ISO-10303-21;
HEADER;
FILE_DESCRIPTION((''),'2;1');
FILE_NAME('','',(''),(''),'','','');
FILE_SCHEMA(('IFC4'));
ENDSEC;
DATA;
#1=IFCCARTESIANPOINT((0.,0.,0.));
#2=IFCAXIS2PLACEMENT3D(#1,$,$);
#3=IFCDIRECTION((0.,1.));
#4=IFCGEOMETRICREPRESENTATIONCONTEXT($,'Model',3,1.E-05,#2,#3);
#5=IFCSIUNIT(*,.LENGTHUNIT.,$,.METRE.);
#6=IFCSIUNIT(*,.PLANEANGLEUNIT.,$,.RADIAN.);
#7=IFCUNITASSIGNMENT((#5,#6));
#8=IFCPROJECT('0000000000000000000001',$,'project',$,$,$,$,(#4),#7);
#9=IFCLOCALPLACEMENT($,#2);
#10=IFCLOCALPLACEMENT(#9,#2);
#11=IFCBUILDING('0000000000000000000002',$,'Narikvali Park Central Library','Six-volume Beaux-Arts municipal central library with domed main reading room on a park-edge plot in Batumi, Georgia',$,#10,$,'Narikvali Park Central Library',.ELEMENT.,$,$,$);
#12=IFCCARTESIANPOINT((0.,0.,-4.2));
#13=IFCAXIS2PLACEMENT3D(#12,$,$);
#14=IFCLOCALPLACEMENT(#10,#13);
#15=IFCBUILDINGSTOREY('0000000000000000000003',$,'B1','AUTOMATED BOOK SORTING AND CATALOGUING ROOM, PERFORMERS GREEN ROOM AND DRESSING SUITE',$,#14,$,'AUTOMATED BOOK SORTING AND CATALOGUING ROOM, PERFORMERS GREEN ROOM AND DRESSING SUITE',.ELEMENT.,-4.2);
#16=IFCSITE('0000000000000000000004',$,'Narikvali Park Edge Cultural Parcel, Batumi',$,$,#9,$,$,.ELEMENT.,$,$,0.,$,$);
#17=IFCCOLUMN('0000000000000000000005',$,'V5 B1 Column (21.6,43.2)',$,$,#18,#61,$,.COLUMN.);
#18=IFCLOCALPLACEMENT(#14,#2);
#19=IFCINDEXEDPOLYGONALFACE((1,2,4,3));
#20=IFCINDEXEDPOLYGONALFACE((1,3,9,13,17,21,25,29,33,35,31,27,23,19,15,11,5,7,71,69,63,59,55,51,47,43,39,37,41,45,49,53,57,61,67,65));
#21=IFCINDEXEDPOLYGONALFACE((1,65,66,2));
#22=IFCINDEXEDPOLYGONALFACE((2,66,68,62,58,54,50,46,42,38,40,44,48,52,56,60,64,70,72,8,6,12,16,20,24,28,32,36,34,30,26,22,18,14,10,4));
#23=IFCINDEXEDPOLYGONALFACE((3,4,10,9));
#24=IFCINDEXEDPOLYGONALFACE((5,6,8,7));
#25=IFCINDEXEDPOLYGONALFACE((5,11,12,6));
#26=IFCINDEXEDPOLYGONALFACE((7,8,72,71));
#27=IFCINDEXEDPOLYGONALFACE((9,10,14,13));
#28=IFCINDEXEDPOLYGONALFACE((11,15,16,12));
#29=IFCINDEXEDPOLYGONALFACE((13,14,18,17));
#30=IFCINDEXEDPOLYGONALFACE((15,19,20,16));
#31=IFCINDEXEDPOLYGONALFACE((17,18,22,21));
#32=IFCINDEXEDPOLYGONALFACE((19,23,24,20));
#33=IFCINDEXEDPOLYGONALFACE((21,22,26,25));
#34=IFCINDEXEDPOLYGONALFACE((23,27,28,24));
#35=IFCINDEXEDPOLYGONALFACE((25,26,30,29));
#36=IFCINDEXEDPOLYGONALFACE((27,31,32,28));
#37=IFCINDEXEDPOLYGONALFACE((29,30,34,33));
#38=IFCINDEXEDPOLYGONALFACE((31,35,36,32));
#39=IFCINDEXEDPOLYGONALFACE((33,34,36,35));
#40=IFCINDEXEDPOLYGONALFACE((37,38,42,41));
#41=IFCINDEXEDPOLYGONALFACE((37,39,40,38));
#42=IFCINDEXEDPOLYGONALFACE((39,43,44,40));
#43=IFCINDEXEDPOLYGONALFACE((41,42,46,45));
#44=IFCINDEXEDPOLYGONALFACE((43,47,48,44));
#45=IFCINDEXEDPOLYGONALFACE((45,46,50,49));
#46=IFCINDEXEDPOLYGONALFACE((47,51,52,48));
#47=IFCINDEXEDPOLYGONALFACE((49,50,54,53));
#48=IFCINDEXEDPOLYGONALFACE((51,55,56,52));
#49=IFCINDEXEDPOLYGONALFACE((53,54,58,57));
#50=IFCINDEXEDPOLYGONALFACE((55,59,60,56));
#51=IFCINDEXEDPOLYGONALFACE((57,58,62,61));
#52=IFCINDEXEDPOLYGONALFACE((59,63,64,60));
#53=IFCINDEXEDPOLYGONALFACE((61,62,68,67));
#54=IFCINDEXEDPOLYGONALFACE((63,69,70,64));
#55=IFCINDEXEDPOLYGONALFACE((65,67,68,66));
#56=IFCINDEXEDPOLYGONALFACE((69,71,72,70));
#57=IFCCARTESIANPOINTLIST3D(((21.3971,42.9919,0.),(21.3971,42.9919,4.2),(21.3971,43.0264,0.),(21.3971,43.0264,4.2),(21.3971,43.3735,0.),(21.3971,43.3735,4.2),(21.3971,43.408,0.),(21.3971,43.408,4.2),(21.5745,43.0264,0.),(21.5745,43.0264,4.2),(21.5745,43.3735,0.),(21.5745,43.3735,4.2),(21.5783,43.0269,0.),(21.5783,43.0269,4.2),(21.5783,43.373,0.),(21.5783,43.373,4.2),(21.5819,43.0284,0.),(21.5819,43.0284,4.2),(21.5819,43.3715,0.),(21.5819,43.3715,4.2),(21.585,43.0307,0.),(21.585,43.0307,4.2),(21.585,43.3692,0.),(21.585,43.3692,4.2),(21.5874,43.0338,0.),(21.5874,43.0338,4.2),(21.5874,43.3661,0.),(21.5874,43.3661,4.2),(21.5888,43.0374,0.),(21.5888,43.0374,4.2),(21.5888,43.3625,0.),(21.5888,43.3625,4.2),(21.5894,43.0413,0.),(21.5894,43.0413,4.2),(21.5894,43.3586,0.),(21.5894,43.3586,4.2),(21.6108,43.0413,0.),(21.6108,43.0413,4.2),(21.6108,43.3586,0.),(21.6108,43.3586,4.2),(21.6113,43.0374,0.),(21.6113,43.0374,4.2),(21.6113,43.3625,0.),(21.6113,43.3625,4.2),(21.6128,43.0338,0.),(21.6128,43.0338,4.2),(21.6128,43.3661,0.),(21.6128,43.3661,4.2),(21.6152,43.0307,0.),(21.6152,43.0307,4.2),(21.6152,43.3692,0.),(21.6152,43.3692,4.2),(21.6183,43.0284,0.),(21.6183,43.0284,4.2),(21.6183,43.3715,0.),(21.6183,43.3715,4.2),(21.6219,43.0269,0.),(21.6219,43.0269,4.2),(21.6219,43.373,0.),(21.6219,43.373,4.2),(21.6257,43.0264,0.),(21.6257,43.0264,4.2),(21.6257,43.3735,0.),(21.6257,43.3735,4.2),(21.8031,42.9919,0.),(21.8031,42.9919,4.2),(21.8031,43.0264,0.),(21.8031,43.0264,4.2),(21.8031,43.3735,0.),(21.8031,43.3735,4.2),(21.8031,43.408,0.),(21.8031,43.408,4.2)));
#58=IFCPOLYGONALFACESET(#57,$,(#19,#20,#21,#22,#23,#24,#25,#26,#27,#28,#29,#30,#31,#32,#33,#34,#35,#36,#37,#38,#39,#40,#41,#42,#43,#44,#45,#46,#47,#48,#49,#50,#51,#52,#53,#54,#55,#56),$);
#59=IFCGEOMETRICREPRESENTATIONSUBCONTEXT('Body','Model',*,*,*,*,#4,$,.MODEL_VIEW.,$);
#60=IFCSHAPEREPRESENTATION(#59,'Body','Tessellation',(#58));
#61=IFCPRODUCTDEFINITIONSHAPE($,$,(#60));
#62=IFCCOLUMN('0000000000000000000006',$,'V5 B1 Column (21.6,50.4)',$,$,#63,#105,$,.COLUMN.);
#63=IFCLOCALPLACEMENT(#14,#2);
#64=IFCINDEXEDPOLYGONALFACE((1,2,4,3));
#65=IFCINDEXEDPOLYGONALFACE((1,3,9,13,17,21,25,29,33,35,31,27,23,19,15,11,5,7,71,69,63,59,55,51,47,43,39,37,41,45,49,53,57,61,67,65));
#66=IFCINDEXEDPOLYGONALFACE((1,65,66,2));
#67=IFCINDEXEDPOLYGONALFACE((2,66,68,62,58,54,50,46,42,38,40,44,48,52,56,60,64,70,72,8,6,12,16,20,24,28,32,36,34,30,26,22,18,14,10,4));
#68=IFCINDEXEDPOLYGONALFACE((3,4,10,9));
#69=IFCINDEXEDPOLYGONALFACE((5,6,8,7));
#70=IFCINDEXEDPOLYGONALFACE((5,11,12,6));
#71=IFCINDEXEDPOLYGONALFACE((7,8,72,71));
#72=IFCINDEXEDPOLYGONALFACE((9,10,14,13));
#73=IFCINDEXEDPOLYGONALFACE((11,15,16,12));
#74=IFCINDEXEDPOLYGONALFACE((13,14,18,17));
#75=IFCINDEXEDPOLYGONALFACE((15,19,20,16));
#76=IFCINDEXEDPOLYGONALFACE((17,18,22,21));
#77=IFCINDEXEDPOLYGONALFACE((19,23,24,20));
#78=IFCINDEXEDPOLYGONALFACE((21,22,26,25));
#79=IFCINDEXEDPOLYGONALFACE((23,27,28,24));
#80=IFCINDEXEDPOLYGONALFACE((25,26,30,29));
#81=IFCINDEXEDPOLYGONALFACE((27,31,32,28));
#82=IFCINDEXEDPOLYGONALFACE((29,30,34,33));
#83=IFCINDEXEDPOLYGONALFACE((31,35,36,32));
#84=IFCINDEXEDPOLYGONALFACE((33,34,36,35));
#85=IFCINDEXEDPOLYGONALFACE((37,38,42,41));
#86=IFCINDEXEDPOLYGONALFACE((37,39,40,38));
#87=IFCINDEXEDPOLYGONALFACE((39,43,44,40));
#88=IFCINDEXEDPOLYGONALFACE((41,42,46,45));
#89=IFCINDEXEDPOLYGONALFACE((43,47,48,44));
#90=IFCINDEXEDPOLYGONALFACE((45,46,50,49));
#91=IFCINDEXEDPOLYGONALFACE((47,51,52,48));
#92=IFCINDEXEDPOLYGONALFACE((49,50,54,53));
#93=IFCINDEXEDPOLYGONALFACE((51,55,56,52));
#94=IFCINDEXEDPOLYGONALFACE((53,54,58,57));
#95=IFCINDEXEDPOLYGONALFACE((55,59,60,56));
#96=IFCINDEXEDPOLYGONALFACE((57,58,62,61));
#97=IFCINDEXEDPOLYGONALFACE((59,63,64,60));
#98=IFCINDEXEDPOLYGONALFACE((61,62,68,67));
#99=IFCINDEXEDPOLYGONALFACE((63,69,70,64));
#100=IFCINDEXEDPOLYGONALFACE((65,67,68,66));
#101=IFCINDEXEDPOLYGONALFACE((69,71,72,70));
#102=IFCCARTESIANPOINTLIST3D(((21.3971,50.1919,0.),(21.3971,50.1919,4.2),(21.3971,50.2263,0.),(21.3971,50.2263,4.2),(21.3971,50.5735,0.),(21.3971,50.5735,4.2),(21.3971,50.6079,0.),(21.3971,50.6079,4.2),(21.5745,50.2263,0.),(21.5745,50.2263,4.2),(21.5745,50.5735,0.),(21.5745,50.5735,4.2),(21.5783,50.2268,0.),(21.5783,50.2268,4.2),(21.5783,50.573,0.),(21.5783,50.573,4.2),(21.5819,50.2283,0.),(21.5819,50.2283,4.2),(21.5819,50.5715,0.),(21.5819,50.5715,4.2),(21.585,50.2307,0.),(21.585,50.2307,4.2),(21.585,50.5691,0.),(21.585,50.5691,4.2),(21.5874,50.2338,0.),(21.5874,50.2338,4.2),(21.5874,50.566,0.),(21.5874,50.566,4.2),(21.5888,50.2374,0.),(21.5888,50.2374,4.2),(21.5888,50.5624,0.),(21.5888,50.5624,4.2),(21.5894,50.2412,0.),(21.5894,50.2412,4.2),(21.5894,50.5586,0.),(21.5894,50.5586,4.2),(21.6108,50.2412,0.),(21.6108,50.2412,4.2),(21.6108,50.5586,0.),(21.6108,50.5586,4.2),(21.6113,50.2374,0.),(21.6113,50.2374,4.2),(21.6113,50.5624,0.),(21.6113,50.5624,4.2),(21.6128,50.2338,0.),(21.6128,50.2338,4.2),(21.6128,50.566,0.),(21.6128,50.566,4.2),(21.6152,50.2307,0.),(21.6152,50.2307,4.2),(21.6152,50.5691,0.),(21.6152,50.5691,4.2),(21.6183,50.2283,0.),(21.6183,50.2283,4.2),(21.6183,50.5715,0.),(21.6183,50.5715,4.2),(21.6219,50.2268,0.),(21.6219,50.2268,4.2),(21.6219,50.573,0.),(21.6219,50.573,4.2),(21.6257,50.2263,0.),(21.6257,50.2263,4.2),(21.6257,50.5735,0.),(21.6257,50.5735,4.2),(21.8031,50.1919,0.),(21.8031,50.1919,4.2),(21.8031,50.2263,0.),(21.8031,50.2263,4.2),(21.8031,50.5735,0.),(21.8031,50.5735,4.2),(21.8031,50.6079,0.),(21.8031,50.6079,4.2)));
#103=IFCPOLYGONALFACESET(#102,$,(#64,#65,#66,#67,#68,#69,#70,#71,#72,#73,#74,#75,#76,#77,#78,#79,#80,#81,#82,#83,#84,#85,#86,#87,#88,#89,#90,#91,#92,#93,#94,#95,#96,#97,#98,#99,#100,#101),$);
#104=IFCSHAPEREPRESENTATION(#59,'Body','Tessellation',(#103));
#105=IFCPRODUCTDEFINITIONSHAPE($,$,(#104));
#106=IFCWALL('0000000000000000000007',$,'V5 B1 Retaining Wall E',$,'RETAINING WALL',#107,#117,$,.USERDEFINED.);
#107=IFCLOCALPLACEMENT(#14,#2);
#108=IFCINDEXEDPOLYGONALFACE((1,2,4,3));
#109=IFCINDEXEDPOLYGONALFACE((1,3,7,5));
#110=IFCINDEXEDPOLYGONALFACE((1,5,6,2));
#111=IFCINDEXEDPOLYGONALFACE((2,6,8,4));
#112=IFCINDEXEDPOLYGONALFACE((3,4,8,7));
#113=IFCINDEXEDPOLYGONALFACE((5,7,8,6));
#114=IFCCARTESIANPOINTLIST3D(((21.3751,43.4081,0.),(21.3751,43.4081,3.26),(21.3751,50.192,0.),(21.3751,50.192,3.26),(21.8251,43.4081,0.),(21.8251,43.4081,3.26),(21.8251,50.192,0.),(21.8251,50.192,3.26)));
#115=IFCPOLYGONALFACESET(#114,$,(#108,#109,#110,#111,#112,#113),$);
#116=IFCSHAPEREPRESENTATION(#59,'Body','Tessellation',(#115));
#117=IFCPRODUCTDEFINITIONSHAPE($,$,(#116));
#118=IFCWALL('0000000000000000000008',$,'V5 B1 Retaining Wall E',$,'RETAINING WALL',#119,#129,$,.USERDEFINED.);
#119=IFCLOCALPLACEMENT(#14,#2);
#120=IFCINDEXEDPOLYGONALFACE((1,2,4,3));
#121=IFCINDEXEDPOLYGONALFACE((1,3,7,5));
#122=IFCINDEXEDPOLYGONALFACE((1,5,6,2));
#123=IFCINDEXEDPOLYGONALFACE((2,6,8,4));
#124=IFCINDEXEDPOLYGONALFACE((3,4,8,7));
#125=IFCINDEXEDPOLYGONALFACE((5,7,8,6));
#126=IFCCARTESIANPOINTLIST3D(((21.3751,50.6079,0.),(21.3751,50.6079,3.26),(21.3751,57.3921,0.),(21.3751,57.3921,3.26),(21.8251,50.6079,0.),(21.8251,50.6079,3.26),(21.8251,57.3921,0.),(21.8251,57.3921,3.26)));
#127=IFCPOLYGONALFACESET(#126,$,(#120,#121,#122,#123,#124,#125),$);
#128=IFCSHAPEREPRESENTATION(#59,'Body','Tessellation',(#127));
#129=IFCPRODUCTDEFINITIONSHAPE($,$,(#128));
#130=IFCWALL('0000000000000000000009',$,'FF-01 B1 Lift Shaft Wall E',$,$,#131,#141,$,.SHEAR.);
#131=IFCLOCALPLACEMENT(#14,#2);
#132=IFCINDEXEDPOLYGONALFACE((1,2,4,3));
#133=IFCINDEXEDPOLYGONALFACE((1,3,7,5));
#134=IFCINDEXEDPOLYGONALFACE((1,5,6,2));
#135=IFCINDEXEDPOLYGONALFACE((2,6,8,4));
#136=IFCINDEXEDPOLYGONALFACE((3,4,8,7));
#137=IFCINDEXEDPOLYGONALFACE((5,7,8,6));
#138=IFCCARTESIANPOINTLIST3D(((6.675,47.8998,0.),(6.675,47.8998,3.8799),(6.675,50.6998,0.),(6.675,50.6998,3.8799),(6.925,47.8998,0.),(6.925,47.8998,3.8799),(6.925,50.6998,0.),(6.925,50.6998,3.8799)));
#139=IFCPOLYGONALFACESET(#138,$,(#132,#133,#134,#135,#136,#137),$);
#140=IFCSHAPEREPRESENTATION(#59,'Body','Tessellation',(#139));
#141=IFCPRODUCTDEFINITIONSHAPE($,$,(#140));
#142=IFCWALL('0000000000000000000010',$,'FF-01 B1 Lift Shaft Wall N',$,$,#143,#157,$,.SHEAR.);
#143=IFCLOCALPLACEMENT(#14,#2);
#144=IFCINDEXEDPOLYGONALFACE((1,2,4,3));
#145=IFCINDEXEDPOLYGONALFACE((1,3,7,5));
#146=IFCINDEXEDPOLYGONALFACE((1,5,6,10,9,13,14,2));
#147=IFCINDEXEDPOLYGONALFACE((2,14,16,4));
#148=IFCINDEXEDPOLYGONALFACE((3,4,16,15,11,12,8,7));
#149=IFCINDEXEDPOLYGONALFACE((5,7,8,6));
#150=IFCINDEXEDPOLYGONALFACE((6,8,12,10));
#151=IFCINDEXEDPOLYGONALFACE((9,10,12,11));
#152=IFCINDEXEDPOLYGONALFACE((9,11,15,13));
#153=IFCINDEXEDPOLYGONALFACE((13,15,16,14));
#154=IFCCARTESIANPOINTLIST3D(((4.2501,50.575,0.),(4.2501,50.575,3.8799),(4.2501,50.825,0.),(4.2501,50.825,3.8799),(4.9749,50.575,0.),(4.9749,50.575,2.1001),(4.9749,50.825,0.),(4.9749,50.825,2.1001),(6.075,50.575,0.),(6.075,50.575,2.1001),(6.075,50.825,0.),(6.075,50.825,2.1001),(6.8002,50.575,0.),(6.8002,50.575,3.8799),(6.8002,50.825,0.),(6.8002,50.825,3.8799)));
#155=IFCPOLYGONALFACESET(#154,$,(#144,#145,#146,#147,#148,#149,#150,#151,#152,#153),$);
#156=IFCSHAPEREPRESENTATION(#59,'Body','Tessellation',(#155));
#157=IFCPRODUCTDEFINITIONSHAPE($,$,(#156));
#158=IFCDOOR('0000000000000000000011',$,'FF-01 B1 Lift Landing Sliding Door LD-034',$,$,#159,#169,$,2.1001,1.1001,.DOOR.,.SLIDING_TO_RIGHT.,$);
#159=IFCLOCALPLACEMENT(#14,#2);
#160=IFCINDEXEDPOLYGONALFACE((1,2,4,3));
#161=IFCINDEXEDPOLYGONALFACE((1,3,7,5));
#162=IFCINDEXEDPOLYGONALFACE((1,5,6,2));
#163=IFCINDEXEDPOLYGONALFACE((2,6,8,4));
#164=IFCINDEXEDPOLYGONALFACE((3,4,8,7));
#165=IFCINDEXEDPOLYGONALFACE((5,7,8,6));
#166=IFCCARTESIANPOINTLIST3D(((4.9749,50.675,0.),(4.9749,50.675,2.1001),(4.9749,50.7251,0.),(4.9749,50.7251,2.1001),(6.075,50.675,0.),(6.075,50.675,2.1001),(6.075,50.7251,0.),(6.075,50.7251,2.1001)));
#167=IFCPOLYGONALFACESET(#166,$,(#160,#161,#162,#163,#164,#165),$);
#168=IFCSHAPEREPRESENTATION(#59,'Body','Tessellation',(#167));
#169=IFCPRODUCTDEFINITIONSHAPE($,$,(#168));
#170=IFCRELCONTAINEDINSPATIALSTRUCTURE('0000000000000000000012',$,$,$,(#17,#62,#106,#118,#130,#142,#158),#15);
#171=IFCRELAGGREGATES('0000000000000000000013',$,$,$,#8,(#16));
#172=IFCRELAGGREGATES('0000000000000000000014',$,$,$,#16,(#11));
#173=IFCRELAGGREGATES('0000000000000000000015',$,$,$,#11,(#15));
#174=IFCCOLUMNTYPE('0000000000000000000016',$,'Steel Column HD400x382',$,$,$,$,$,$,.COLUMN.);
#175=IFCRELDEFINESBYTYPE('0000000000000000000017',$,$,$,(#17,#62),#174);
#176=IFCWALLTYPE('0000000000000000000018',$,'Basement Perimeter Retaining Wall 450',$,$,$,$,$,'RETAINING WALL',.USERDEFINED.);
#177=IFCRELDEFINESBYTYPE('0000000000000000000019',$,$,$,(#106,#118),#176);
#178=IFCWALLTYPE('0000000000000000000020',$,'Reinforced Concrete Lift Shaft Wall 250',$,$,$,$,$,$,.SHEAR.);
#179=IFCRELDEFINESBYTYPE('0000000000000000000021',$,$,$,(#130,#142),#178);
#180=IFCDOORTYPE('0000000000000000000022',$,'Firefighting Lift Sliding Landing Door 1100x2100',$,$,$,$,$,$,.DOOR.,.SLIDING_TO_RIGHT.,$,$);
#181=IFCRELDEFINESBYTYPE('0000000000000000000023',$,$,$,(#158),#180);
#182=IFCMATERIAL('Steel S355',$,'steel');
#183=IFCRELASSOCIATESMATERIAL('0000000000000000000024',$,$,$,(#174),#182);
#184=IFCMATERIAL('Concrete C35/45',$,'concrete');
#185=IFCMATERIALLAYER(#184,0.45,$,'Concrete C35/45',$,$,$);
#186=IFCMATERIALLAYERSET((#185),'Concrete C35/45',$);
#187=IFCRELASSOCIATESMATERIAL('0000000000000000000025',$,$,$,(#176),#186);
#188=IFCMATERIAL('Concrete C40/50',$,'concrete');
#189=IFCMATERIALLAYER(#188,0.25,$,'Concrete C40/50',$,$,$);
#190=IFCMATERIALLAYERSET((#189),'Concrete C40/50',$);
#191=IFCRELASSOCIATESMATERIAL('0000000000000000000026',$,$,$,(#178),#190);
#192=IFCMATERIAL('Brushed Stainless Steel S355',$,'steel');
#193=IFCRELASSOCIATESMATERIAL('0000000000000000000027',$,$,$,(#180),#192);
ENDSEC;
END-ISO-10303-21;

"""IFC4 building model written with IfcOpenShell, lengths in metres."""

from ifc_helpers import new_model, si_unit, direction, frame, frame_2d, origin, origin_2d, place, context, subcontext, project, spatial, rectangle, i_section, extrude, material, layer, layer_set, material_profile, profile_set, type_object, element, fill, save


model = new_model("IFC4")

# Units and contexts
model_context = context("Model", 3, precision=1e-05, world=origin(), true_north=direction((0.0, 1.0)))
body_context = subcontext(model_context, "Body", "Model", "MODEL_VIEW")
ifc_project = project(units=[si_unit("LENGTHUNIT", "METRE"), si_unit("PLANEANGLEUNIT", "RADIAN")], contexts=[model_context])

# Site, building, storey
site_placement = place(None, origin())
site = spatial("IfcSite", under=ifc_project, at=site_placement, Name="Narikvali Park Edge Cultural Parcel, Batumi", CompositionType="ELEMENT", RefElevation=0.0)
building_placement = place(site_placement, origin())
building = spatial("IfcBuilding", under=site, at=building_placement, Name="Narikvali Park Central Library", Description="Six-volume Beaux-Arts municipal central library with domed main reading room on a park-edge plot in Batumi, Georgia", LongName="Narikvali Park Central Library", CompositionType="ELEMENT")
storey_placement = place(building_placement, frame((0.0, 0.0, -4.2)))
storey = spatial("IfcBuildingStorey", under=building, at=storey_placement, Name="B1", Description="AUTOMATED BOOK SORTING AND CATALOGUING ROOM, PERFORMERS GREEN ROOM AND DRESSING SUITE", LongName="AUTOMATED BOOK SORTING AND CATALOGUING ROOM, PERFORMERS GREEN ROOM AND DRESSING SUITE", CompositionType="ELEMENT", Elevation=-4.2)

# Shared definitions
ifc_material_1 = material(Name="Concrete C35/45", Category="concrete")

# Columns
ifc_material_2 = material(Name="Steel S355", Category="steel")
ifc_material_profile_1 = material_profile(ifc_material_2, i_section(OverallWidth=0.406, OverallDepth=0.416, WebThickness=0.0215, FlangeThickness=0.0344, FilletRadius=0.0149, at=origin_2d()), Name="HD 400x382")
ifc_profile_set_1 = profile_set([ifc_material_profile_1], Name="Steel S355")
column_type_1 = type_object("IfcColumnType", Name="Steel Column HD400x382", PredefinedType="COLUMN", material=ifc_profile_set_1)
for number, where, z_axis, x_axis, name in (
    (1, (21.6001, 43.2, 0.0), (0.0, 0.0, 1.0), (1.0, 0.0, 0.0), "V5 B1 Column (21.6,43.2)"),
    (2, (21.6001, 50.3999, 0.0), (0.0, 0.0, 1.0), (1.0, 0.0, 0.0), "V5 B1 Column (21.6,50.4)"),
):
    element("IfcColumn", number, at=place(storey_placement, frame(where, z_axis=z_axis, x_axis=x_axis)), inside=storey, type_object=column_type_1, Name=name, PredefinedType="COLUMN", context=body_context, shape_type="SweptSolid", body=[
        extrude(i_section(OverallWidth=0.406, OverallDepth=0.416, WebThickness=0.0215, FlangeThickness=0.0344, FilletRadius=0.0149, at=origin_2d()), origin(), (0.0, 0.0, 1.0), 4.2),
    ])

# Walls
ifc_layer_1 = layer(ifc_material_1, 0.45, Name="Concrete C35/45")
ifc_layer_set_1 = layer_set([ifc_layer_1], Name="Concrete C35/45")
wall_type_1 = type_object("IfcWallType", Name="Basement Perimeter Retaining Wall 450", ElementType="RETAINING WALL", PredefinedType="USERDEFINED", material=ifc_layer_set_1)
wall_1_placement = place(storey_placement, frame((21.6001, 43.408, 0.0), z_axis=(0.0, 0.0, 1.0), x_axis=(0.0, 1.0, 0.0)))
element("IfcWall", 3, at=wall_1_placement, inside=storey, type_object=wall_type_1, Name="V5 B1 Retaining Wall E", ObjectType="RETAINING WALL", PredefinedType="USERDEFINED", context=body_context, shape_type="SweptSolid", body=[
    extrude(rectangle(XDim=6.7839, YDim=0.45, at=frame_2d((3.3921, 0.0))), origin(), (0.0, 0.0, 1.0), 3.26),
])
wall_2_placement = place(storey_placement, frame((21.6001, 50.6079, 0.0), z_axis=(0.0, 0.0, 1.0), x_axis=(0.0, 1.0, 0.0)))
element("IfcWall", 4, at=wall_2_placement, inside=storey, type_object=wall_type_1, Name="V5 B1 Retaining Wall E", ObjectType="RETAINING WALL", PredefinedType="USERDEFINED", context=body_context, shape_type="SweptSolid", body=[
    extrude(rectangle(XDim=6.7842, YDim=0.45, at=frame_2d((3.3921, 0.0))), origin(), (0.0, 0.0, 1.0), 3.26),
])
ifc_material_3 = material(Name="Concrete C40/50", Category="concrete")
ifc_layer_2 = layer(ifc_material_3, 0.25, Name="Concrete C40/50")
ifc_layer_set_2 = layer_set([ifc_layer_2], Name="Concrete C40/50")
wall_type_2 = type_object("IfcWallType", Name="Reinforced Concrete Lift Shaft Wall 250", PredefinedType="SHEAR", material=ifc_layer_set_2)
wall_3_placement = place(storey_placement, frame((6.8, 47.8999, 0.0), z_axis=(0.0, 0.0, 1.0), x_axis=(0.0, 1.0, 0.0)))
element("IfcWall", 5, at=wall_3_placement, inside=storey, type_object=wall_type_2, Name="FF-01 B1 Lift Shaft Wall E", PredefinedType="SHEAR", context=body_context, shape_type="SweptSolid", body=[
    extrude(rectangle(XDim=2.8, YDim=0.25, at=frame_2d((1.3999, 0.0))), origin(), (0.0, 0.0, 1.0), 3.8799),
])

# Wall, opening, door
wall_4_placement = place(storey_placement, frame((6.8, 50.7, 0.0), z_axis=(0.0, 0.0, 1.0), x_axis=(-1.0, 0.0, 0.0)))
wall_4 = element("IfcWall", 6, at=wall_4_placement, inside=storey, type_object=wall_type_2, Name="FF-01 B1 Lift Shaft Wall N", PredefinedType="SHEAR", context=body_context, shape_type="SweptSolid", body=[
    extrude(rectangle(XDim=2.55, YDim=0.25, at=frame_2d((1.2749, 0.0))), origin(), (0.0, 0.0, 1.0), 3.8799),
])
opening_placement = place(wall_4_placement, frame((0.7251, 0.0, 0.0)))
opening = element("IfcOpeningElement", 7, at=opening_placement, cuts=wall_4, PredefinedType="OPENING", context=body_context, shape_type="SweptSolid", body=[
    extrude(rectangle(XDim=1.1001, YDim=2.1001, at=frame_2d((0.55, 1.05))), frame((0.0, 0.137, 0.0), z_axis=(0.0, -1.0, 0.0), x_axis=(1.0, 0.0, 0.0)), (0.0, 0.0, 1.0), 0.2739),
])
ifc_material_4 = material(Name="Brushed Stainless Steel S355", Category="steel")
door_type = type_object("IfcDoorType", Name="Firefighting Lift Sliding Landing Door 1100x2100", OperationType="SLIDING_TO_RIGHT", PredefinedType="DOOR", material=ifc_material_4)
door_placement = place(opening_placement, origin())
door = element("IfcDoor", 8, at=door_placement, inside=storey, type_object=door_type, Name="FF-01 B1 Lift Landing Sliding Door LD-034", OperationType="SLIDING_TO_RIGHT", OverallHeight=2.1001, OverallWidth=1.1001, PredefinedType="DOOR", context=body_context, shape_type="SweptSolid", body=[
    extrude(rectangle(XDim=1.1001, YDim=2.1001, at=frame_2d((0.55, 1.05))), frame((0.0, 0.0249, 0.0), z_axis=(0.0, -1.0, 0.0), x_axis=(1.0, 0.0, 0.0)), (0.0, 0.0, 1.0), 0.05),
])
fill(opening, door)

save(model, "model.ifc")
